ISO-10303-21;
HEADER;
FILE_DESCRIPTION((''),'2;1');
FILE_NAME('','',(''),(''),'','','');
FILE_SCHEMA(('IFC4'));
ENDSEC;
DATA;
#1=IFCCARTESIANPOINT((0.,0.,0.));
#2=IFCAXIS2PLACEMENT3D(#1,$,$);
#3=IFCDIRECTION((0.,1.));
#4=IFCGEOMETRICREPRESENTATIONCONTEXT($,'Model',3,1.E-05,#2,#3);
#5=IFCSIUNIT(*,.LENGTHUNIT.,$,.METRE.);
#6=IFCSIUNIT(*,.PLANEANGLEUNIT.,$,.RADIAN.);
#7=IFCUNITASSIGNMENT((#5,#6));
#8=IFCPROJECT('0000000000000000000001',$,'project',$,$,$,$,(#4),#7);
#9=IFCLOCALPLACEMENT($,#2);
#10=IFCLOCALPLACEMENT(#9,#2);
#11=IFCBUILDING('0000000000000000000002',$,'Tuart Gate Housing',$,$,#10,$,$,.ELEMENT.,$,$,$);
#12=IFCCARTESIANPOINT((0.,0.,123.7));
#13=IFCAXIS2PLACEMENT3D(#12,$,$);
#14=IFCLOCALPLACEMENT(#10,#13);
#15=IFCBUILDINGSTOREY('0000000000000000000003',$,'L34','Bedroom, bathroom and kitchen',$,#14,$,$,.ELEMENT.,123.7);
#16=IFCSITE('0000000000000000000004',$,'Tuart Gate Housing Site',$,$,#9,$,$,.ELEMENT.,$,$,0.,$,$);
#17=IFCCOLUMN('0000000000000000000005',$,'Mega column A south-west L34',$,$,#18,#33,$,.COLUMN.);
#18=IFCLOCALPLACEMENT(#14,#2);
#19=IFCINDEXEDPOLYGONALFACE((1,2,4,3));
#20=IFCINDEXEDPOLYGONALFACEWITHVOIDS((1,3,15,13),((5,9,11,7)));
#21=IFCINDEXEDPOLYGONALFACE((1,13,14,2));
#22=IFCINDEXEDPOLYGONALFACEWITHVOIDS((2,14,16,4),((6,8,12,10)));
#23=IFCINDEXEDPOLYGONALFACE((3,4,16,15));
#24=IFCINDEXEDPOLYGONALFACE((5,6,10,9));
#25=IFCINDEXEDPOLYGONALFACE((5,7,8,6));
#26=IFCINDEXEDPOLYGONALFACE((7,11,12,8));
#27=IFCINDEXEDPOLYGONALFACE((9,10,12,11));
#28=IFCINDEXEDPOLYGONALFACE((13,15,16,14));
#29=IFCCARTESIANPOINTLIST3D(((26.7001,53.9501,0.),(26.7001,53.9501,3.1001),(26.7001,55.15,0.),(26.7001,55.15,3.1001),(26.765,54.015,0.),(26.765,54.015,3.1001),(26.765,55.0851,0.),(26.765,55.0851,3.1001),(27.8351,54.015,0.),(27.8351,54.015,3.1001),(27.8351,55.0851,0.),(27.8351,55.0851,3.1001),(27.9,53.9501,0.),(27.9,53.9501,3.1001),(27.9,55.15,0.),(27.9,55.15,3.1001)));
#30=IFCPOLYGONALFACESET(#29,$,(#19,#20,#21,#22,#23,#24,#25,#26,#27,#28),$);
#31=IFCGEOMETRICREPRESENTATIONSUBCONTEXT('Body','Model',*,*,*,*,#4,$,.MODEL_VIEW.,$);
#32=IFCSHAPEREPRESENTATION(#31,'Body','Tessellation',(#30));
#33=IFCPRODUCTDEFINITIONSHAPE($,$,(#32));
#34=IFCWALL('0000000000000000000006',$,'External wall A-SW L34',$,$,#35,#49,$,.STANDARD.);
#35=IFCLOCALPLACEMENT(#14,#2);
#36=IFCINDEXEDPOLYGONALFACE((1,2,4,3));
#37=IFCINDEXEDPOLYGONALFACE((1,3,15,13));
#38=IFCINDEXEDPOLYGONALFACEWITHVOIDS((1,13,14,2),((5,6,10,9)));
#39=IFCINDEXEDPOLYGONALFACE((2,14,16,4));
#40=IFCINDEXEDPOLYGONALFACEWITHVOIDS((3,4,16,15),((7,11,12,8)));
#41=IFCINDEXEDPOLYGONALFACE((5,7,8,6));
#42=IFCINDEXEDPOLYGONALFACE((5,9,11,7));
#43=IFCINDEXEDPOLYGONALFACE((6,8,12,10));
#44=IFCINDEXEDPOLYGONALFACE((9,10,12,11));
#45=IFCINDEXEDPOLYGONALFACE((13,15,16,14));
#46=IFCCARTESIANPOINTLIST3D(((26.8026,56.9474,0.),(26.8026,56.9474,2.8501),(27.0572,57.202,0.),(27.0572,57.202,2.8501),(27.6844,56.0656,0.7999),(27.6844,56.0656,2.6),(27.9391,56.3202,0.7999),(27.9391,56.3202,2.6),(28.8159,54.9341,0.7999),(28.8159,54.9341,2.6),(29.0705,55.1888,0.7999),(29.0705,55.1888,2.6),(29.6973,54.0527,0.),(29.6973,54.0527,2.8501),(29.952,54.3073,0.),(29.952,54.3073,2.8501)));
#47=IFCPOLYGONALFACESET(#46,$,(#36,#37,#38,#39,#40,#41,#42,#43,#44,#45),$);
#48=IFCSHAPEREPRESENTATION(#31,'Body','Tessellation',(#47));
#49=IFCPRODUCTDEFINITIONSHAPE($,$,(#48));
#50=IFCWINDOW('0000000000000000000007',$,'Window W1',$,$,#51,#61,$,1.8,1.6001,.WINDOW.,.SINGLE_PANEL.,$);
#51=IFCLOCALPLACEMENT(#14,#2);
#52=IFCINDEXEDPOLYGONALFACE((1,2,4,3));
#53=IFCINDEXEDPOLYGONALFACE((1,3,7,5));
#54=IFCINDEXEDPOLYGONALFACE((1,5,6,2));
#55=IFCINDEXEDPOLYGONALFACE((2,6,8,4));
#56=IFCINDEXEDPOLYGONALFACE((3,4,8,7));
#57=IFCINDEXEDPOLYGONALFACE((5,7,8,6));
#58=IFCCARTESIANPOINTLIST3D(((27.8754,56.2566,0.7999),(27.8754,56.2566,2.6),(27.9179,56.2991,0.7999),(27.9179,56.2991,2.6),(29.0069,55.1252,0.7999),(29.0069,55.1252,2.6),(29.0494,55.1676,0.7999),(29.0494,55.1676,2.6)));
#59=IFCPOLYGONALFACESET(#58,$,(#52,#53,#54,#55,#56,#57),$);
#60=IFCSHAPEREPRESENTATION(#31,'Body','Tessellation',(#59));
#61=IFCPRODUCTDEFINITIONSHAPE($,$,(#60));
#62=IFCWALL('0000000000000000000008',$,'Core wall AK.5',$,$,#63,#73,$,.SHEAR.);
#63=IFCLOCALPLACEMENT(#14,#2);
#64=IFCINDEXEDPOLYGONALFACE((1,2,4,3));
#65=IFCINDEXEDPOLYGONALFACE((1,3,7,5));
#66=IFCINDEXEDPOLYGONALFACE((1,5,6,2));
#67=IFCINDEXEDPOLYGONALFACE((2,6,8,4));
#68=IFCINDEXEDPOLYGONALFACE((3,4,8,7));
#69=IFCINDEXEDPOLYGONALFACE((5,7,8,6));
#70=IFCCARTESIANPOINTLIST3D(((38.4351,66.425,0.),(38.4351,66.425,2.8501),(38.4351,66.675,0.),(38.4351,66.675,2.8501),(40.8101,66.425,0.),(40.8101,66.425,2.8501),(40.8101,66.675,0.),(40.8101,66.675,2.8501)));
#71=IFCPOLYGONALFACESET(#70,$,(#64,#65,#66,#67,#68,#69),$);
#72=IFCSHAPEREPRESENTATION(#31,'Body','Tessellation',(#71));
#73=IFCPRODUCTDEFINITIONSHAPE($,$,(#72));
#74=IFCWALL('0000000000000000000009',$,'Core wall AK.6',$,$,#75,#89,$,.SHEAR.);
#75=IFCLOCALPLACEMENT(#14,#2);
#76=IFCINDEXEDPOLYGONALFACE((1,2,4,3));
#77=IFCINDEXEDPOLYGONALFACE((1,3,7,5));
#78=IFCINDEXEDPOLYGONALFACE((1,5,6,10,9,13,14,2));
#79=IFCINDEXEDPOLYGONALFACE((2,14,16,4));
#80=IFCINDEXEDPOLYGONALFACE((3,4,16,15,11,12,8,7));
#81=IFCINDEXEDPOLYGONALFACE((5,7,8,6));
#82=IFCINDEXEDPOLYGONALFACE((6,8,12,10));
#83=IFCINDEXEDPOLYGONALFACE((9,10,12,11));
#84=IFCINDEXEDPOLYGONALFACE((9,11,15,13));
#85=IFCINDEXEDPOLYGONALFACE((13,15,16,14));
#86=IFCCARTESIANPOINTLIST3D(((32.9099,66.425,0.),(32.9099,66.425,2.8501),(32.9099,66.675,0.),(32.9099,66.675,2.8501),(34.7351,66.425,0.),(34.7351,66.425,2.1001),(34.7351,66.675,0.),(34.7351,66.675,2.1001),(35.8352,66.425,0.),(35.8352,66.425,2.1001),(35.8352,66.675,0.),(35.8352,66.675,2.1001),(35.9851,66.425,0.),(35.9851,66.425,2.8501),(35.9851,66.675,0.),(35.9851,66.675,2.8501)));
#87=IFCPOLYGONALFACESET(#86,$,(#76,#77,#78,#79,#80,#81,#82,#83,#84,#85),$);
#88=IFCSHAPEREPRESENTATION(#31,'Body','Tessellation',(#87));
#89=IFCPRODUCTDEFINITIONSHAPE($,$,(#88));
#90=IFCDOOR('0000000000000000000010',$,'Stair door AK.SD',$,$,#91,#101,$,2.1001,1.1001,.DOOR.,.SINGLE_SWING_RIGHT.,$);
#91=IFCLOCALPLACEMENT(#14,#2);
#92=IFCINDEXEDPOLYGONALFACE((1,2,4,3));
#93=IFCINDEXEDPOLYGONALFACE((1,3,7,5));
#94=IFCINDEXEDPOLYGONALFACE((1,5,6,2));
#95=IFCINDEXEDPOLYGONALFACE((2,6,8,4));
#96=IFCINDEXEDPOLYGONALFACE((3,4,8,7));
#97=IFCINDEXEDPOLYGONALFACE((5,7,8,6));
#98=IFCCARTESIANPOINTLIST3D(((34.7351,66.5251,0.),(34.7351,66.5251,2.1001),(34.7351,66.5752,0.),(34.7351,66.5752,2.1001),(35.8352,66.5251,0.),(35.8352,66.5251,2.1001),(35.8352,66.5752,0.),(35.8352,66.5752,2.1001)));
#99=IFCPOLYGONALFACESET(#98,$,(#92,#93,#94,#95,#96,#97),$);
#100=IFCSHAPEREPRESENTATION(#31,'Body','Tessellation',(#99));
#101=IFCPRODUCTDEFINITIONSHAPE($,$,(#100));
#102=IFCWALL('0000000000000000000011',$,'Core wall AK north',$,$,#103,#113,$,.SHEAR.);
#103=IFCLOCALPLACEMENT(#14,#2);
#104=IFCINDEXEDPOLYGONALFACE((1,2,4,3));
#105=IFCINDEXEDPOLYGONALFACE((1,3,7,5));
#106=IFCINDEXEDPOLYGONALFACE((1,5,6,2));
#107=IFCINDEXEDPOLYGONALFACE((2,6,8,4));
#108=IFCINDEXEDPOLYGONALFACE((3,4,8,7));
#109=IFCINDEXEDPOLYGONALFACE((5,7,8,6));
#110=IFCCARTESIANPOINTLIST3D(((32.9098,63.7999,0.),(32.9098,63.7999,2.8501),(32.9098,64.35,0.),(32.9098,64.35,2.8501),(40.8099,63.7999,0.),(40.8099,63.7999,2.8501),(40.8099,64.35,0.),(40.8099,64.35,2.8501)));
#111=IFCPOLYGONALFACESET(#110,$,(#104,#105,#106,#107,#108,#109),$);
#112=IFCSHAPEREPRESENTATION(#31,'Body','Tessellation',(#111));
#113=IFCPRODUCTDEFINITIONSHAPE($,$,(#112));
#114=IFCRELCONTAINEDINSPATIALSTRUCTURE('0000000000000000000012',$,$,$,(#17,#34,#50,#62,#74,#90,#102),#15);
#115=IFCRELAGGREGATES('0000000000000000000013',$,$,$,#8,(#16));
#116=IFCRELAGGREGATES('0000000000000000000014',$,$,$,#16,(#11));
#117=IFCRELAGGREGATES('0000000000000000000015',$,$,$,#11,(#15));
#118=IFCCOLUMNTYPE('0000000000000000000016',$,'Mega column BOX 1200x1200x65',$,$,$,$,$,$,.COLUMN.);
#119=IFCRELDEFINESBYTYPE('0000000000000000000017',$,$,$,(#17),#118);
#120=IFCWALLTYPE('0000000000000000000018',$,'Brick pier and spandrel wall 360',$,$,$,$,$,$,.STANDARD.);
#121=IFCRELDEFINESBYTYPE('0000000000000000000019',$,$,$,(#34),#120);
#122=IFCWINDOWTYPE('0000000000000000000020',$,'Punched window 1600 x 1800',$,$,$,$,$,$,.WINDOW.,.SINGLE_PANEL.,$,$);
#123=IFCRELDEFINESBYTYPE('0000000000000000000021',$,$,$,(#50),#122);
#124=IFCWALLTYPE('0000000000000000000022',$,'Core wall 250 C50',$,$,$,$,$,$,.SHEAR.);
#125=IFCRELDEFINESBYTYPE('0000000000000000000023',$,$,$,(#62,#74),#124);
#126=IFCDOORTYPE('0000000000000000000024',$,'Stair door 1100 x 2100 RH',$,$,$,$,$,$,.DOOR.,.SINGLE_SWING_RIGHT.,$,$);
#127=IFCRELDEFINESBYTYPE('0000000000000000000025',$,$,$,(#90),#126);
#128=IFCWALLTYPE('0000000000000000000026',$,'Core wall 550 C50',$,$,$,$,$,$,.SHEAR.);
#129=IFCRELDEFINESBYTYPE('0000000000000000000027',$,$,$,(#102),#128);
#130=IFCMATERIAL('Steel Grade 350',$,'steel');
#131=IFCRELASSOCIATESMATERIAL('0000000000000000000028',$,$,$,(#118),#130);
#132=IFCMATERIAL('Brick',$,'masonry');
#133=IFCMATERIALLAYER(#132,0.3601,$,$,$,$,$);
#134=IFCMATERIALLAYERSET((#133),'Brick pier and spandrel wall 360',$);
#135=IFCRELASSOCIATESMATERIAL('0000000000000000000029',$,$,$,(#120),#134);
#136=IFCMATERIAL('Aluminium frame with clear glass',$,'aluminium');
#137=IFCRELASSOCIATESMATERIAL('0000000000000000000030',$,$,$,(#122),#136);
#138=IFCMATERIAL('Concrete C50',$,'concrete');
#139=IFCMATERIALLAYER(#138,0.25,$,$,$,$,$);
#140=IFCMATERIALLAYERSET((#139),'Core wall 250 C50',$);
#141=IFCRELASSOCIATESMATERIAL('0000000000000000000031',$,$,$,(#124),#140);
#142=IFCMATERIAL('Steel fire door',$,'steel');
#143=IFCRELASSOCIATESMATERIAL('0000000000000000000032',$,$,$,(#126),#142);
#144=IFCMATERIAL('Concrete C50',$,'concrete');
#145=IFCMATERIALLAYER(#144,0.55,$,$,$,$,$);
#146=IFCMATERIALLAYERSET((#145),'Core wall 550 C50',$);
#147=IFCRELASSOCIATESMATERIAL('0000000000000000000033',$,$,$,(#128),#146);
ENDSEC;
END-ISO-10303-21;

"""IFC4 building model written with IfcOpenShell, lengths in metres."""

from ifc_helpers import new_model, si_unit, direction, frame, frame_2d, origin, origin_2d, place, context, subcontext, project, spatial, rectangle, hollow_rectangle, extrude, material, layer, layer_set, material_profile, profile_set, type_object, element, fill, save


model = new_model("IFC4")

# Units and contexts
model_context = context("Model", 3, precision=1e-05, world=origin(), true_north=direction((0.0, 1.0)))
body_context = subcontext(model_context, "Body", "Model", "MODEL_VIEW")
ifc_project = project(units=[si_unit("LENGTHUNIT", "METRE"), si_unit("PLANEANGLEUNIT", "RADIAN")], contexts=[model_context])

# Site, building, storey
site_placement = place(None, origin())
site = spatial("IfcSite", under=ifc_project, at=site_placement, Name="Tuart Gate Housing Site", CompositionType="ELEMENT", RefElevation=0.0)
building_placement = place(site_placement, origin())
building = spatial("IfcBuilding", under=site, at=building_placement, Name="Tuart Gate Housing", CompositionType="ELEMENT")
storey_placement = place(building_placement, frame((0.0, 0.0, 123.7)))
storey = spatial("IfcBuildingStorey", under=building, at=storey_placement, Name="L34", Description="Bedroom, bathroom and kitchen", CompositionType="ELEMENT", Elevation=123.7)

# Column
ifc_material_1 = material(Name="Steel Grade 350", Category="steel")
ifc_material_profile = material_profile(ifc_material_1, hollow_rectangle(XDim=1.2, YDim=1.2, WallThickness=0.0649, at=origin_2d()), Name="BOX 1200x1200x65")
ifc_profile_set = profile_set([ifc_material_profile], Name="Steel Grade 350")
column_type = type_object("IfcColumnType", Name="Mega column BOX 1200x1200x65", PredefinedType="COLUMN", material=ifc_profile_set)
column_placement = place(storey_placement, frame((27.3, 54.55, 0.0), z_axis=(0.0, 0.0, 1.0), x_axis=(1.0, 0.0, 0.0)))
element("IfcColumn", 1, at=column_placement, inside=storey, type_object=column_type, Name="Mega column A south-west L34", PredefinedType="COLUMN", context=body_context, shape_type="SweptSolid", body=[
    extrude(hollow_rectangle(XDim=1.2, YDim=1.2, WallThickness=0.0649, at=origin_2d()), origin(), (0.0, 0.0, 1.0), 3.1001),
])

# Wall, opening, window
ifc_material_2 = material(Name="Brick", Category="masonry")
ifc_layer_1 = layer(ifc_material_2, 0.3601)
ifc_layer_set_1 = layer_set([ifc_layer_1], Name="Brick pier and spandrel wall 360")
wall_type_1 = type_object("IfcWallType", Name="Brick pier and spandrel wall 360", PredefinedType="STANDARD", material=ifc_layer_set_1)
wall_1_placement = place(storey_placement, frame((26.9299, 57.0747, 0.0), z_axis=(0.0, 0.0, 1.0), x_axis=(0.707107, -0.707107, 0.0)))
wall_1 = element("IfcWall", 2, at=wall_1_placement, inside=storey, type_object=wall_type_1, Name="External wall A-SW L34", PredefinedType="STANDARD", context=body_context, shape_type="SweptSolid", body=[
    extrude(rectangle(XDim=4.0938, YDim=0.3601, at=frame_2d((2.0469, 0.0))), origin(), (0.0, 0.0, 1.0), 2.8501),
])
opening_1_placement = place(wall_1_placement, frame((1.2471, 0.0, 0.8)))
opening_1 = element("IfcOpeningElement", 3, at=opening_1_placement, cuts=wall_1, PredefinedType="OPENING", context=body_context, shape_type="SweptSolid", body=[
    extrude(rectangle(XDim=1.6001, YDim=1.8, at=frame_2d((0.8, 0.8999))), frame((0.0, 0.1899, 0.0), z_axis=(0.0, -1.0, 0.0), x_axis=(1.0, 0.0, 0.0)), (0.0, 0.0, 1.0), 0.3801),
])
ifc_material_3 = material(Name="Aluminium frame with clear glass", Category="aluminium")
window_type = type_object("IfcWindowType", Name="Punched window 1600 x 1800", PartitioningType="SINGLE_PANEL", PredefinedType="WINDOW", material=ifc_material_3)
window_placement = place(opening_1_placement, origin())
window = element("IfcWindow", 4, at=window_placement, inside=storey, type_object=window_type, Name="Window W1", OverallHeight=1.8, OverallWidth=1.6001, PartitioningType="SINGLE_PANEL", PredefinedType="WINDOW", context=body_context, shape_type="SweptSolid", body=[
    extrude(rectangle(XDim=1.6001, YDim=1.8, at=frame_2d((0.8, 0.8999))), frame((0.0, 0.1501, 0.0), z_axis=(0.0, -1.0, 0.0), x_axis=(1.0, 0.0, 0.0)), (0.0, 0.0, 1.0), 0.0601),
])
fill(opening_1, window)

# Wall
ifc_material_4 = material(Name="Concrete C50", Category="concrete")
ifc_layer_2 = layer(ifc_material_4, 0.25)
ifc_layer_set_2 = layer_set([ifc_layer_2], Name="Core wall 250 C50")
wall_type_2 = type_object("IfcWallType", Name="Core wall 250 C50", PredefinedType="SHEAR", material=ifc_layer_set_2)
wall_2_placement = place(storey_placement, frame((40.8101, 66.55, 0.0), z_axis=(0.0, 0.0, 1.0), x_axis=(-1.0, 0.0, 0.0)))
element("IfcWall", 5, at=wall_2_placement, inside=storey, type_object=wall_type_2, Name="Core wall AK.5", PredefinedType="SHEAR", context=body_context, shape_type="SweptSolid", body=[
    extrude(rectangle(XDim=2.375, YDim=0.25, at=frame_2d((1.1875, 0.0))), origin(), (0.0, 0.0, 1.0), 2.8501),
])

# Wall, opening, door
wall_3_placement = place(storey_placement, frame((35.9851, 66.55, 0.0), z_axis=(0.0, 0.0, 1.0), x_axis=(-1.0, 0.0, 0.0)))
wall_3 = element("IfcWall", 6, at=wall_3_placement, inside=storey, type_object=wall_type_2, Name="Core wall AK.6", PredefinedType="SHEAR", context=body_context, shape_type="SweptSolid", body=[
    extrude(rectangle(XDim=3.0752, YDim=0.25, at=frame_2d((1.5376, 0.0))), origin(), (0.0, 0.0, 1.0), 2.8501),
])
opening_2_placement = place(wall_3_placement, frame((0.1499, 0.0, 0.0)))
opening_2 = element("IfcOpeningElement", 7, at=opening_2_placement, cuts=wall_3, PredefinedType="OPENING", context=body_context, shape_type="SweptSolid", body=[
    extrude(rectangle(XDim=1.1001, YDim=2.1001, at=frame_2d((0.55, 1.05))), frame((0.0, 0.135, 0.0), z_axis=(0.0, -1.0, 0.0), x_axis=(1.0, 0.0, 0.0)), (0.0, 0.0, 1.0), 0.27),
])
ifc_material_5 = material(Name="Steel fire door", Category="steel")
door_type_1 = type_object("IfcDoorType", Name="Stair door 1100 x 2100 RH", OperationType="SINGLE_SWING_RIGHT", PredefinedType="DOOR", material=ifc_material_5)
door_1_placement = place(opening_2_placement, frame((1.1001, 0.0, 0.0), z_axis=(0.0, 0.0, 1.0), x_axis=(-1.0, 0.0, 0.0)))
door_1 = element("IfcDoor", 8, at=door_1_placement, inside=storey, type_object=door_type_1, Name="Stair door AK.SD", OperationType="SINGLE_SWING_RIGHT", OverallHeight=2.1001, OverallWidth=1.1001, PredefinedType="DOOR", context=body_context, shape_type="SweptSolid", body=[
    extrude(rectangle(XDim=1.1001, YDim=2.1001, at=frame_2d((0.55, 1.05))), frame((0.0, 0.0251, 0.0), z_axis=(0.0, -1.0, 0.0), x_axis=(1.0, 0.0, 0.0)), (0.0, 0.0, 1.0), 0.05),
])
fill(opening_2, door_1)

# Wall
ifc_material_6 = material(Name="Concrete C50", Category="concrete")
ifc_layer_3 = layer(ifc_material_6, 0.55)
ifc_layer_set_3 = layer_set([ifc_layer_3], Name="Core wall 550 C50")
wall_type_3 = type_object("IfcWallType", Name="Core wall 550 C50", PredefinedType="SHEAR", material=ifc_layer_set_3)
wall_4_placement = place(storey_placement, frame((40.8101, 64.075, 0.0), z_axis=(0.0, 0.0, 1.0), x_axis=(-1.0, 0.0, 0.0)))
element("IfcWall", 9, at=wall_4_placement, inside=storey, type_object=wall_type_3, Name="Core wall AK north", PredefinedType="SHEAR", context=body_context, shape_type="SweptSolid", body=[
    extrude(rectangle(XDim=7.9001, YDim=0.55, at=frame_2d((3.9502, 0.0))), origin(), (0.0, 0.0, 1.0), 2.8501),
])

save(model, "model.ifc")
